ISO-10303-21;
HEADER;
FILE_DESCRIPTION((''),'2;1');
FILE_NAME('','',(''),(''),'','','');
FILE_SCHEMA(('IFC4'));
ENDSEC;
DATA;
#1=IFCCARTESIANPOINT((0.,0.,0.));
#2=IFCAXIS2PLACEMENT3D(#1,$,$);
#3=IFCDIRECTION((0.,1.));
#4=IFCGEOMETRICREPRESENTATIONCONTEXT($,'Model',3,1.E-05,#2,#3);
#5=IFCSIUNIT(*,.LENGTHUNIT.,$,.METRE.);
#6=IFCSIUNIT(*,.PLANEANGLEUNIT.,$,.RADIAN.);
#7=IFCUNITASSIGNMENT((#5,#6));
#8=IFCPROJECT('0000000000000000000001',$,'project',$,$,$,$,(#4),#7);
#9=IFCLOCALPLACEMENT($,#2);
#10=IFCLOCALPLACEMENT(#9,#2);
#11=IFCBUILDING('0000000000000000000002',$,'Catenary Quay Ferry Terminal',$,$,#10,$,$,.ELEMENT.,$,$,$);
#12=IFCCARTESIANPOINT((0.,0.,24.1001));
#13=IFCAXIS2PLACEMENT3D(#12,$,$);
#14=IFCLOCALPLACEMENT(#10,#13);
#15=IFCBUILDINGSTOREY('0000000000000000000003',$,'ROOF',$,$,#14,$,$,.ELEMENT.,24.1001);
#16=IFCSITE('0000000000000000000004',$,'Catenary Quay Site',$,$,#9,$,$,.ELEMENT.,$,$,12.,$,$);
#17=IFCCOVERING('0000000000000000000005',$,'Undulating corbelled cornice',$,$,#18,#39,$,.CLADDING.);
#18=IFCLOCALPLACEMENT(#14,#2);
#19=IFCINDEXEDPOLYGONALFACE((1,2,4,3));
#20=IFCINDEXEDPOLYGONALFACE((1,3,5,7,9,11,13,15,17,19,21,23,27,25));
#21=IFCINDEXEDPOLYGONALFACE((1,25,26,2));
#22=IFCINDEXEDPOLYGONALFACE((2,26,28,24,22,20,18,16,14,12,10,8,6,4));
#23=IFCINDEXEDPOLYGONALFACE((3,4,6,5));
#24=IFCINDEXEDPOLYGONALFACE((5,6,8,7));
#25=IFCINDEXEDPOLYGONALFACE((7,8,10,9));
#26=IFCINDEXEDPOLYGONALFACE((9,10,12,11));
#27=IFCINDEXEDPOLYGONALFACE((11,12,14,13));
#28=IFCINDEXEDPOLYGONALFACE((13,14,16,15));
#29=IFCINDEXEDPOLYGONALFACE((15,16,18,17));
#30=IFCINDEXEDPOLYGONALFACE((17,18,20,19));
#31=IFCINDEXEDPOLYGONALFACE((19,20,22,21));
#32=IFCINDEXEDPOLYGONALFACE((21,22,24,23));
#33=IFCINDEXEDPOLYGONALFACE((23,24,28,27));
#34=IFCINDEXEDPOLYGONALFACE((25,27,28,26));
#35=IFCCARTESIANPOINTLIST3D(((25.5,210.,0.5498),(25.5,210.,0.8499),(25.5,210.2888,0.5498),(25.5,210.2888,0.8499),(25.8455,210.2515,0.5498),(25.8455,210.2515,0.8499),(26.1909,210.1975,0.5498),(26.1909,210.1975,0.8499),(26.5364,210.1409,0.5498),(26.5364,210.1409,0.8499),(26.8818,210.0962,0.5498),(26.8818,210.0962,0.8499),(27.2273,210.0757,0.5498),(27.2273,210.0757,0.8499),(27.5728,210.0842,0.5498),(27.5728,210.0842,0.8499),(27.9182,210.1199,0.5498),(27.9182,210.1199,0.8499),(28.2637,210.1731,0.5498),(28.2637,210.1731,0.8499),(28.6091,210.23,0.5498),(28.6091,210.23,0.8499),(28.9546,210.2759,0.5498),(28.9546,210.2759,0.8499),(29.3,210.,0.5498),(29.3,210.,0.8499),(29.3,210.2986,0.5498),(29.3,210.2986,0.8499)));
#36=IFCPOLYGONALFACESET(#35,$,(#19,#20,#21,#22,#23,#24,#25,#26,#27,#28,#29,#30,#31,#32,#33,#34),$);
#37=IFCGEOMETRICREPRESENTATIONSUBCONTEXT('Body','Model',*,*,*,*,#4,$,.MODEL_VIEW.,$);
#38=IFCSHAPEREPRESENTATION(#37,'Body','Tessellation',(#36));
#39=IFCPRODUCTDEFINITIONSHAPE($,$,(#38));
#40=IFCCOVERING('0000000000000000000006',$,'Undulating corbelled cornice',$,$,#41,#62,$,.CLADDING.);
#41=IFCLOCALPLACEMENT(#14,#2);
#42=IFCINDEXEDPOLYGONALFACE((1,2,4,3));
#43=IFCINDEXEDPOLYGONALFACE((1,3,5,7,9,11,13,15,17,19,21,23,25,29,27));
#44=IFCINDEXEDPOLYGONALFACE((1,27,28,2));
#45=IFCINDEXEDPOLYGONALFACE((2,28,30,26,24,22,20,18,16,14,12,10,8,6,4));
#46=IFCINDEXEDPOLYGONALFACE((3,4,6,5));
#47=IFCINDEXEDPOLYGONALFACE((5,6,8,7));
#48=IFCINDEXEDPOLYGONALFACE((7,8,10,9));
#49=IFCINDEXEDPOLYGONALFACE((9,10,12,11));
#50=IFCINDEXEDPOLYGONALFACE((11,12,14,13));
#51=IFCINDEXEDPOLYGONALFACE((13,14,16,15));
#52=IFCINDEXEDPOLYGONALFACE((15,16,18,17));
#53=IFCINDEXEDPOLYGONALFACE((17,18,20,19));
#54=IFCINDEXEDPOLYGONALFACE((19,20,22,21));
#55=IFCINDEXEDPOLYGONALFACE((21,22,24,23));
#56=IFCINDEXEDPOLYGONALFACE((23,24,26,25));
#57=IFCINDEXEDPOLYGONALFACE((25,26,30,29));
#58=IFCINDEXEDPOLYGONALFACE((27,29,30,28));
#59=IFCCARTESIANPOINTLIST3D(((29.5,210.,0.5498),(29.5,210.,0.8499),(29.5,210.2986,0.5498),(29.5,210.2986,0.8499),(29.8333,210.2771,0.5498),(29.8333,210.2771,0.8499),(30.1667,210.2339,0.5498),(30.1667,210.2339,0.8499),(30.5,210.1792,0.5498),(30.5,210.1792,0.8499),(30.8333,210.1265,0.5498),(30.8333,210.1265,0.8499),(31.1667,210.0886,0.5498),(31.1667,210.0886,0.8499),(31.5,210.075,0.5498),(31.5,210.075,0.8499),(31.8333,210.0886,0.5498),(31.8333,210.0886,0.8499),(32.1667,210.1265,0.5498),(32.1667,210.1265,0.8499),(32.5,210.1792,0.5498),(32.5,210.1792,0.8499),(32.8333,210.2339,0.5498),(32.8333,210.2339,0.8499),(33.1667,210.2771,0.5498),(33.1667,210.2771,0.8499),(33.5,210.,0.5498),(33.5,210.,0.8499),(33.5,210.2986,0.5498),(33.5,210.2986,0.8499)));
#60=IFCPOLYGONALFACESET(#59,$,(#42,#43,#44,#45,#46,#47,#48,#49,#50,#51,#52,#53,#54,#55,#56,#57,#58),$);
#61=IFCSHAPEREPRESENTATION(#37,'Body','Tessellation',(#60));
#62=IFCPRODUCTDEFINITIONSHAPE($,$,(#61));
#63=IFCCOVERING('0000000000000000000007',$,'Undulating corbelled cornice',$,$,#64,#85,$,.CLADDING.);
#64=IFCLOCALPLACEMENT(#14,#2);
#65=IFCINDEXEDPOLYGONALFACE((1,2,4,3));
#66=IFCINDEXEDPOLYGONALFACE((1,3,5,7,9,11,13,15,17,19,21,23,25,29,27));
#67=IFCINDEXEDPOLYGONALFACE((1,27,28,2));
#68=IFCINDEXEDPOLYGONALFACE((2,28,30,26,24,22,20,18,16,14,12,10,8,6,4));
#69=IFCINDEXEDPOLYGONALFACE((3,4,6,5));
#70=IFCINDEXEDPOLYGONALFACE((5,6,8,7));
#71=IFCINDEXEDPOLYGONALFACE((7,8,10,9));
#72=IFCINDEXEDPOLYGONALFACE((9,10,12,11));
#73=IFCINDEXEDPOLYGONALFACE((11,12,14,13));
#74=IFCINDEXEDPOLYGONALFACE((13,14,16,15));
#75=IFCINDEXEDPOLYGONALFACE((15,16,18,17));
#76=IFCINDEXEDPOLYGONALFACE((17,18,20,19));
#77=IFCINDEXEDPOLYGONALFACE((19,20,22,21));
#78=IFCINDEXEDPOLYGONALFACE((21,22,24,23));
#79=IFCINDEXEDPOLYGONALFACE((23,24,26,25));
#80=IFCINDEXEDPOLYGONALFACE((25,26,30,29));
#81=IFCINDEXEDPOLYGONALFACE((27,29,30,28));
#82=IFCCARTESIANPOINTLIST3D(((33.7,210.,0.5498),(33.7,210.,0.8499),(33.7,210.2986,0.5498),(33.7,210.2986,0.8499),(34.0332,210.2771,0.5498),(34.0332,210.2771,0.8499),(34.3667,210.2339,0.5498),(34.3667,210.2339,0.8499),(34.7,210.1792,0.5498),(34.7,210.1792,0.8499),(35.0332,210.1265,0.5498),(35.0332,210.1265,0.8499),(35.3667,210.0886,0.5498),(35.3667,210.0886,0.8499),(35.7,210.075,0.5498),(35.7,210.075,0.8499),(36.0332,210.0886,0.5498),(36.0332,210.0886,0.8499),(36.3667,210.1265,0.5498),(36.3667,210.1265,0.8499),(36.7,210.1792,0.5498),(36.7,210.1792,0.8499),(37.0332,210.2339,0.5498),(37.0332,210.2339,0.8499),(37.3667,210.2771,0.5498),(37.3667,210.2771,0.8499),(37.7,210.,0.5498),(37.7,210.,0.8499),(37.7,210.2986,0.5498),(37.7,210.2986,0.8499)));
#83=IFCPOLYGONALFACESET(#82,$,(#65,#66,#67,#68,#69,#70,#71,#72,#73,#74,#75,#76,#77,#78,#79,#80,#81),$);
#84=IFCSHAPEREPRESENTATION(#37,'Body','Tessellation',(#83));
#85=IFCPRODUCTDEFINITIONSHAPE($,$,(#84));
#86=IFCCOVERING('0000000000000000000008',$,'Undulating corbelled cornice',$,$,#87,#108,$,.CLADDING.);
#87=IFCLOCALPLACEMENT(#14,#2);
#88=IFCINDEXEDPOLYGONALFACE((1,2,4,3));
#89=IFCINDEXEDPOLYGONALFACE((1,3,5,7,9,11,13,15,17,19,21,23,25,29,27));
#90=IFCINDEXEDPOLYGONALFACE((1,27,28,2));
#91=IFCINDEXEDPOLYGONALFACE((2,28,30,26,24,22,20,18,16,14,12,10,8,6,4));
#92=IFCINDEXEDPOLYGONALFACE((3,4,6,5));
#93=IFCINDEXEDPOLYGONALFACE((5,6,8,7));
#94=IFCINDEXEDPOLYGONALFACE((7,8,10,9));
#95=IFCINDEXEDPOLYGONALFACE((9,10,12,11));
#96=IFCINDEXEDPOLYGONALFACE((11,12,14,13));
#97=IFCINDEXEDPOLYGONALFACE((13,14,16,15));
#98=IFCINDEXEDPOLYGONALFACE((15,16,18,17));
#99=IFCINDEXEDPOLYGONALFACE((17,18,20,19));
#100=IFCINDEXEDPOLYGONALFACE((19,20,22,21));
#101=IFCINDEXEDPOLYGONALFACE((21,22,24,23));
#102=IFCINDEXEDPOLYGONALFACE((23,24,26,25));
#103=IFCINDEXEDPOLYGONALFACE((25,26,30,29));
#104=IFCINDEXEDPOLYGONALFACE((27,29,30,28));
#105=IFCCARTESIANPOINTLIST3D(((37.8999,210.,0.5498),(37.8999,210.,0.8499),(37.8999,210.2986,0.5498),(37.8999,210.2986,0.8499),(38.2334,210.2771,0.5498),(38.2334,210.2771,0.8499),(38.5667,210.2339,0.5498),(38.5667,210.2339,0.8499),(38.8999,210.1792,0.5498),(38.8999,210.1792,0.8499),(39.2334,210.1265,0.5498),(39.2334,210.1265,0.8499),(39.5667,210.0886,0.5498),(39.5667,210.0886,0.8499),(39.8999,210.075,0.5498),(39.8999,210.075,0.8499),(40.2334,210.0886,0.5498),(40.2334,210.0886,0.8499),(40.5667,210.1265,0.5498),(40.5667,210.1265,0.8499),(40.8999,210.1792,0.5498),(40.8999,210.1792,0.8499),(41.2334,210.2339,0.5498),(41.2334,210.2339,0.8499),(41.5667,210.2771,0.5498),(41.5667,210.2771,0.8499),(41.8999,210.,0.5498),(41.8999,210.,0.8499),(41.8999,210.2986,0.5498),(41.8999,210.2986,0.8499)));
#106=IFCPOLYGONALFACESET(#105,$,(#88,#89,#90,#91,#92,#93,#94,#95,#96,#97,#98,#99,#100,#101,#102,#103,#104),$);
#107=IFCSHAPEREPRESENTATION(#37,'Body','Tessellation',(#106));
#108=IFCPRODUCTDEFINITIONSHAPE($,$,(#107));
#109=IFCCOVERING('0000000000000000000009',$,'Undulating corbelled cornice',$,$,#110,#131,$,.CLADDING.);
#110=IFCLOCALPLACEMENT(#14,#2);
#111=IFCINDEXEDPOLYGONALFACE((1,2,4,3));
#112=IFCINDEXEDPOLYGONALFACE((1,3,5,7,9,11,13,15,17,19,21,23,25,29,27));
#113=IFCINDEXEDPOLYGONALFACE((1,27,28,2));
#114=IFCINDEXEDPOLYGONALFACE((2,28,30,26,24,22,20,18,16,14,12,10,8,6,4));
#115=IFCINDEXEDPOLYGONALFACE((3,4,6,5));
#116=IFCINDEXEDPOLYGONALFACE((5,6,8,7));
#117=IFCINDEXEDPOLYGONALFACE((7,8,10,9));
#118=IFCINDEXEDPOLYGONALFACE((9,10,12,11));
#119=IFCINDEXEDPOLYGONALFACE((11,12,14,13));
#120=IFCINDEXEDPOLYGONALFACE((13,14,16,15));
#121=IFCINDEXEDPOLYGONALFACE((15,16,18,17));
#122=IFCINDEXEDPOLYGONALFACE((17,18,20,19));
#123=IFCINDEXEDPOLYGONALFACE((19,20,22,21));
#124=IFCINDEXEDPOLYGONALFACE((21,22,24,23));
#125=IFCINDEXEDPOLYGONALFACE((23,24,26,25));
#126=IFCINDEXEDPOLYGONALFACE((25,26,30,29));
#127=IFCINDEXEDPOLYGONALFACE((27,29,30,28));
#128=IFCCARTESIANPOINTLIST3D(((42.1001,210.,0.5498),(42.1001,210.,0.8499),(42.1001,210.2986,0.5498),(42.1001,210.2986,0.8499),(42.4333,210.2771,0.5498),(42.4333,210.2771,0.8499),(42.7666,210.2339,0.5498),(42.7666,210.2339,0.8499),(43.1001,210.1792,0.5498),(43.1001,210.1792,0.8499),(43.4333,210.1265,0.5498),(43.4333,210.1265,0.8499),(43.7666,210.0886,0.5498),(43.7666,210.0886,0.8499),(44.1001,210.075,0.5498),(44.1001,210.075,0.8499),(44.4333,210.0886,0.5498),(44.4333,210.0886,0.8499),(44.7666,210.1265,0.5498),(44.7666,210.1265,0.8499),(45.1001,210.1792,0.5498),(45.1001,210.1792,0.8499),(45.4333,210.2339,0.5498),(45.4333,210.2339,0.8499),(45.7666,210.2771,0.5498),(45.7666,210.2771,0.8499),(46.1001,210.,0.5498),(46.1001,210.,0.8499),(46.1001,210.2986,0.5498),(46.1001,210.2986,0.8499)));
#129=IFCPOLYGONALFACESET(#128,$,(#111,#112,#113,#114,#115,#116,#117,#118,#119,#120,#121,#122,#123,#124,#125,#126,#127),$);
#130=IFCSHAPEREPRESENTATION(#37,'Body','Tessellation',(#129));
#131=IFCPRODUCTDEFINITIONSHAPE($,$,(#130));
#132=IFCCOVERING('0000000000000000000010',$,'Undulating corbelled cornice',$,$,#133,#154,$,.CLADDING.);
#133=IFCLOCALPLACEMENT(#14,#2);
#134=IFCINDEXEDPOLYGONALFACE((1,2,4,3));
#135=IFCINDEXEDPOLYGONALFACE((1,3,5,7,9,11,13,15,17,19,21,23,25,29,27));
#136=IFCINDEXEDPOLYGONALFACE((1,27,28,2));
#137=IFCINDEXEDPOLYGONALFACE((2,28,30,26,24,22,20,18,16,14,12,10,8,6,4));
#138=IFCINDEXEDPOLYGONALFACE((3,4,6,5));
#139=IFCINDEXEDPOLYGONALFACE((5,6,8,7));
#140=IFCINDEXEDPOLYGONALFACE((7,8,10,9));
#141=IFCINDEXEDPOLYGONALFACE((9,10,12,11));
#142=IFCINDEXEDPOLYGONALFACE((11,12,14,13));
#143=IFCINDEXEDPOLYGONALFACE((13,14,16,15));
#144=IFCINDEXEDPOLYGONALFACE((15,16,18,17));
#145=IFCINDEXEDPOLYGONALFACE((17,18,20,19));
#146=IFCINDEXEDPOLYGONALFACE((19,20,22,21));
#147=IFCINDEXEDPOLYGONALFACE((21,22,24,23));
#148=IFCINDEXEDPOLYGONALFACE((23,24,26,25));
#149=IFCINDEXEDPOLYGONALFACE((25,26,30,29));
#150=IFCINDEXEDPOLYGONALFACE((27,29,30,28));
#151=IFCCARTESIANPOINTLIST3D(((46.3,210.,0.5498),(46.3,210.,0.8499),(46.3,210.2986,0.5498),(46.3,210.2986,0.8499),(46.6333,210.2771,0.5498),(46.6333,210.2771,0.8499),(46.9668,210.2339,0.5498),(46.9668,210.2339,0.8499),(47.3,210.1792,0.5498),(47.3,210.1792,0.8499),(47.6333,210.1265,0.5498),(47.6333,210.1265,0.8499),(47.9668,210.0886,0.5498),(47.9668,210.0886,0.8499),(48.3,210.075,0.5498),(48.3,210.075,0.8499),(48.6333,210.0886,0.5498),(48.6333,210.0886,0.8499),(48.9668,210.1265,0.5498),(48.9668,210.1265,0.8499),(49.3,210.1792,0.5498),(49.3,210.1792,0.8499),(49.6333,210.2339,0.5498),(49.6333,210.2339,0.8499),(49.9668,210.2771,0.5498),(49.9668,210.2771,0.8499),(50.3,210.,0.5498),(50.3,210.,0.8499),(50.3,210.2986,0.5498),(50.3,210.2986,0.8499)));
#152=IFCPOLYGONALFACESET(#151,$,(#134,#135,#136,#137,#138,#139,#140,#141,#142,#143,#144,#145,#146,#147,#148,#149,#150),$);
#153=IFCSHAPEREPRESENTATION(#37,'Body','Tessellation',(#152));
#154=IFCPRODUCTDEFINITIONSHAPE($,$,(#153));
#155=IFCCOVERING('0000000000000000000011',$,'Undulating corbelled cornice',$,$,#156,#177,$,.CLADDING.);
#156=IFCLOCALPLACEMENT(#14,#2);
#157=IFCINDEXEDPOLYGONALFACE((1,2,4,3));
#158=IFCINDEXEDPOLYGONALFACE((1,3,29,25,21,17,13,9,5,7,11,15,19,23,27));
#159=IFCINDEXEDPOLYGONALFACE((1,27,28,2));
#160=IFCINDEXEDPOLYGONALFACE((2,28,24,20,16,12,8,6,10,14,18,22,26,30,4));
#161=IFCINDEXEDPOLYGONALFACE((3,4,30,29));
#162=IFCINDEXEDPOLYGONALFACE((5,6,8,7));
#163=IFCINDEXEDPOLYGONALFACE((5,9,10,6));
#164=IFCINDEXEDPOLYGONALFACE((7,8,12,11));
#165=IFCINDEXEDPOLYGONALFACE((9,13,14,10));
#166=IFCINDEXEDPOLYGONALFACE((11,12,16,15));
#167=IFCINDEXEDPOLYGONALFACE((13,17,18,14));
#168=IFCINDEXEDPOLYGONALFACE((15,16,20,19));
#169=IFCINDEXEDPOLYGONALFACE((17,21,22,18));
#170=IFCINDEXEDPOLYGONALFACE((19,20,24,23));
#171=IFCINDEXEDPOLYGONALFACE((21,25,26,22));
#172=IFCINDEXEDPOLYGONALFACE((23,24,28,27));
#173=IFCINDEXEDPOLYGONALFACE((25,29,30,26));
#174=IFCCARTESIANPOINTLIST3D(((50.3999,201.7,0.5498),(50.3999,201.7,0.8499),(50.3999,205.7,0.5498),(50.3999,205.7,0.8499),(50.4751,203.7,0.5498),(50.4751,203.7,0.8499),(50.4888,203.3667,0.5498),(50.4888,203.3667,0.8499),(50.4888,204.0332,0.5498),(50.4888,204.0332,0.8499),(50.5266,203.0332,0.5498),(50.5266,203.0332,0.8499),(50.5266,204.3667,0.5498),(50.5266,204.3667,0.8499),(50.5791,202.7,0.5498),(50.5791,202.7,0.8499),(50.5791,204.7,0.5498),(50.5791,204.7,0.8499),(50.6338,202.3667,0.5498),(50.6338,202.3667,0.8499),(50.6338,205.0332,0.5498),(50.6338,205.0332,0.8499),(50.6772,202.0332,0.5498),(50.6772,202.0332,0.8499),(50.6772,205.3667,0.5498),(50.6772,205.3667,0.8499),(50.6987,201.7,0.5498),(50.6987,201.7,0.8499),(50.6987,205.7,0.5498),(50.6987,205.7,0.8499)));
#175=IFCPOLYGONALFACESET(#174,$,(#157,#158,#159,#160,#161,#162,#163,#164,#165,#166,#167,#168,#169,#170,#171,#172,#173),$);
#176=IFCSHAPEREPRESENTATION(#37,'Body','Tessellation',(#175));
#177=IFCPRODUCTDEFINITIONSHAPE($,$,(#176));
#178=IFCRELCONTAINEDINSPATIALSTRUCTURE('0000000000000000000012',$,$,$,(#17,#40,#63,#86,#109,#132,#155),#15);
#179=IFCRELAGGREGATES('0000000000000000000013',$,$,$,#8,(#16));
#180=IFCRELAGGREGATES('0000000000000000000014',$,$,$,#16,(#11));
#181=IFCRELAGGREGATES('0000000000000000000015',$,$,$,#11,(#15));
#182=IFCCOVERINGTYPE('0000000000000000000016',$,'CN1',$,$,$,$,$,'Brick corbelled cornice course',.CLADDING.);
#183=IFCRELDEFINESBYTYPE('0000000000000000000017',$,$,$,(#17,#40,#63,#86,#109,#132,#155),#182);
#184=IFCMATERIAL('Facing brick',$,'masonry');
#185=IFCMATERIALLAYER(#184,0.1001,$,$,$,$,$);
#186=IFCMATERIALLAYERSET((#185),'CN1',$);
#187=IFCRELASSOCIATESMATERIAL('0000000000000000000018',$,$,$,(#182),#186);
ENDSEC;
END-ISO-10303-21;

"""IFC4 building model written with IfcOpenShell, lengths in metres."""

from ifc_helpers import new_model, si_unit, direction, frame, origin, place, context, subcontext, project, spatial, polyline, outline, extrude, material, layer, layer_set, type_object, element, save


model = new_model("IFC4")

# Units and contexts
model_context = context("Model", 3, precision=1e-05, world=origin(), true_north=direction((0.0, 1.0)))
body_context = subcontext(model_context, "Body", "Model", "MODEL_VIEW")
ifc_project = project(units=[si_unit("LENGTHUNIT", "METRE"), si_unit("PLANEANGLEUNIT", "RADIAN")], contexts=[model_context])

# Site, building, storey
site_placement = place(None, origin())
site = spatial("IfcSite", under=ifc_project, at=site_placement, Name="Catenary Quay Site", CompositionType="ELEMENT", RefElevation=12.0)
building_placement = place(site_placement, origin())
building = spatial("IfcBuilding", under=site, at=building_placement, Name="Catenary Quay Ferry Terminal", CompositionType="ELEMENT")
storey_placement = place(building_placement, frame((0.0, 0.0, 24.1001)))
storey = spatial("IfcBuildingStorey", under=building, at=storey_placement, Name="ROOF", CompositionType="ELEMENT", Elevation=24.1001)

# Coverings
ifc_material = material(Name="Facing brick", Category="masonry")
ifc_layer = layer(ifc_material, 0.1001)
ifc_layer_set = layer_set([ifc_layer], Name="CN1")
covering_type = type_object("IfcCoveringType", Name="CN1", ElementType="Brick corbelled cornice course", PredefinedType="CLADDING", material=ifc_layer_set)
covering_1_placement = place(storey_placement, frame((0.0, 0.0, 0.5498)))
element("IfcCovering", 1, at=covering_1_placement, inside=storey, type_object=covering_type, Name="Undulating corbelled cornice", PredefinedType="CLADDING", context=body_context, shape_type="SweptSolid", body=[
    extrude(outline(polyline([(25.5, 210.0), (25.5, 210.2888), (25.8455, 210.2515), (26.1909, 210.1975), (26.5364, 210.1409), (26.8818, 210.0962), (27.2273, 210.0757), (27.5728, 210.0842), (27.9182, 210.1199), (28.2637, 210.1731), (28.6091, 210.23), (28.9546, 210.2759), (29.3, 210.2986), (29.3, 210.0), (25.5, 210.0)])), origin(), (0.0, 0.0, 1.0), 0.3),
])
covering_2_placement = place(storey_placement, frame((0.0, 0.0, 0.5498)))
element("IfcCovering", 2, at=covering_2_placement, inside=storey, type_object=covering_type, Name="Undulating corbelled cornice", PredefinedType="CLADDING", context=body_context, shape_type="SweptSolid", body=[
    extrude(outline(polyline([(29.5, 210.0), (29.5, 210.2986), (29.8333, 210.2771), (30.1667, 210.2339), (30.5, 210.1792), (30.8333, 210.1265), (31.1667, 210.0886), (31.5, 210.075), (31.8333, 210.0886), (32.1667, 210.1265), (32.5, 210.1792), (32.8333, 210.2339), (33.1667, 210.2771), (33.5, 210.2986), (33.5, 210.0), (29.5, 210.0)])), origin(), (0.0, 0.0, 1.0), 0.3),
])
covering_3_placement = place(storey_placement, frame((0.0, 0.0, 0.5498)))
element("IfcCovering", 3, at=covering_3_placement, inside=storey, type_object=covering_type, Name="Undulating corbelled cornice", PredefinedType="CLADDING", context=body_context, shape_type="SweptSolid", body=[
    extrude(outline(polyline([(33.7, 210.0), (33.7, 210.2986), (34.0332, 210.2771), (34.3667, 210.2339), (34.7, 210.1792), (35.0332, 210.1265), (35.3667, 210.0886), (35.7, 210.075), (36.0332, 210.0886), (36.3667, 210.1265), (36.7, 210.1792), (37.0332, 210.2339), (37.3667, 210.2771), (37.7, 210.2986), (37.7, 210.0), (33.7, 210.0)])), origin(), (0.0, 0.0, 1.0), 0.3),
])
covering_4_placement = place(storey_placement, frame((0.0, 0.0, 0.5498)))
element("IfcCovering", 4, at=covering_4_placement, inside=storey, type_object=covering_type, Name="Undulating corbelled cornice", PredefinedType="CLADDING", context=body_context, shape_type="SweptSolid", body=[
    extrude(outline(polyline([(37.8999, 210.0), (37.8999, 210.2986), (38.2334, 210.2771), (38.5667, 210.2339), (38.8999, 210.1792), (39.2334, 210.1265), (39.5667, 210.0886), (39.8999, 210.075), (40.2334, 210.0886), (40.5667, 210.1265), (40.8999, 210.1792), (41.2334, 210.2339), (41.5667, 210.2771), (41.8999, 210.2986), (41.8999, 210.0), (37.8999, 210.0)])), origin(), (0.0, 0.0, 1.0), 0.3),
])
covering_5_placement = place(storey_placement, frame((0.0, 0.0, 0.5498)))
element("IfcCovering", 5, at=covering_5_placement, inside=storey, type_object=covering_type, Name="Undulating corbelled cornice", PredefinedType="CLADDING", context=body_context, shape_type="SweptSolid", body=[
    extrude(outline(polyline([(42.1001, 210.0), (42.1001, 210.2986), (42.4333, 210.2771), (42.7666, 210.2339), (43.1001, 210.1792), (43.4333, 210.1265), (43.7666, 210.0886), (44.1001, 210.075), (44.4333, 210.0886), (44.7666, 210.1265), (45.1001, 210.1792), (45.4333, 210.2339), (45.7666, 210.2771), (46.1001, 210.2986), (46.1001, 210.0), (42.1001, 210.0)])), origin(), (0.0, 0.0, 1.0), 0.3),
])
covering_6_placement = place(storey_placement, frame((0.0, 0.0, 0.5498)))
element("IfcCovering", 6, at=covering_6_placement, inside=storey, type_object=covering_type, Name="Undulating corbelled cornice", PredefinedType="CLADDING", context=body_context, shape_type="SweptSolid", body=[
    extrude(outline(polyline([(46.3, 210.0), (46.3, 210.2986), (46.6333, 210.2771), (46.9668, 210.2339), (47.3, 210.1792), (47.6333, 210.1265), (47.9668, 210.0886), (48.3, 210.075), (48.6333, 210.0886), (48.9668, 210.1265), (49.3, 210.1792), (49.6333, 210.2339), (49.9668, 210.2771), (50.3, 210.2986), (50.3, 210.0), (46.3, 210.0)])), origin(), (0.0, 0.0, 1.0), 0.3),
])
covering_7_placement = place(storey_placement, frame((0.0, 0.0, 0.5498)))
element("IfcCovering", 7, at=covering_7_placement, inside=storey, type_object=covering_type, Name="Undulating corbelled cornice", PredefinedType="CLADDING", context=body_context, shape_type="SweptSolid", body=[
    extrude(outline(polyline([(50.3999, 201.7), (50.6987, 201.7), (50.6772, 202.0332), (50.6338, 202.3667), (50.5791, 202.7), (50.5266, 203.0332), (50.4888, 203.3667), (50.4751, 203.7), (50.4888, 204.0332), (50.5266, 204.3667), (50.5791, 204.7), (50.6338, 205.0332), (50.6772, 205.3667), (50.6987, 205.7), (50.3999, 205.7), (50.3999, 201.7)])), origin(), (0.0, 0.0, 1.0), 0.3),
])

save(model, "model.ifc")
